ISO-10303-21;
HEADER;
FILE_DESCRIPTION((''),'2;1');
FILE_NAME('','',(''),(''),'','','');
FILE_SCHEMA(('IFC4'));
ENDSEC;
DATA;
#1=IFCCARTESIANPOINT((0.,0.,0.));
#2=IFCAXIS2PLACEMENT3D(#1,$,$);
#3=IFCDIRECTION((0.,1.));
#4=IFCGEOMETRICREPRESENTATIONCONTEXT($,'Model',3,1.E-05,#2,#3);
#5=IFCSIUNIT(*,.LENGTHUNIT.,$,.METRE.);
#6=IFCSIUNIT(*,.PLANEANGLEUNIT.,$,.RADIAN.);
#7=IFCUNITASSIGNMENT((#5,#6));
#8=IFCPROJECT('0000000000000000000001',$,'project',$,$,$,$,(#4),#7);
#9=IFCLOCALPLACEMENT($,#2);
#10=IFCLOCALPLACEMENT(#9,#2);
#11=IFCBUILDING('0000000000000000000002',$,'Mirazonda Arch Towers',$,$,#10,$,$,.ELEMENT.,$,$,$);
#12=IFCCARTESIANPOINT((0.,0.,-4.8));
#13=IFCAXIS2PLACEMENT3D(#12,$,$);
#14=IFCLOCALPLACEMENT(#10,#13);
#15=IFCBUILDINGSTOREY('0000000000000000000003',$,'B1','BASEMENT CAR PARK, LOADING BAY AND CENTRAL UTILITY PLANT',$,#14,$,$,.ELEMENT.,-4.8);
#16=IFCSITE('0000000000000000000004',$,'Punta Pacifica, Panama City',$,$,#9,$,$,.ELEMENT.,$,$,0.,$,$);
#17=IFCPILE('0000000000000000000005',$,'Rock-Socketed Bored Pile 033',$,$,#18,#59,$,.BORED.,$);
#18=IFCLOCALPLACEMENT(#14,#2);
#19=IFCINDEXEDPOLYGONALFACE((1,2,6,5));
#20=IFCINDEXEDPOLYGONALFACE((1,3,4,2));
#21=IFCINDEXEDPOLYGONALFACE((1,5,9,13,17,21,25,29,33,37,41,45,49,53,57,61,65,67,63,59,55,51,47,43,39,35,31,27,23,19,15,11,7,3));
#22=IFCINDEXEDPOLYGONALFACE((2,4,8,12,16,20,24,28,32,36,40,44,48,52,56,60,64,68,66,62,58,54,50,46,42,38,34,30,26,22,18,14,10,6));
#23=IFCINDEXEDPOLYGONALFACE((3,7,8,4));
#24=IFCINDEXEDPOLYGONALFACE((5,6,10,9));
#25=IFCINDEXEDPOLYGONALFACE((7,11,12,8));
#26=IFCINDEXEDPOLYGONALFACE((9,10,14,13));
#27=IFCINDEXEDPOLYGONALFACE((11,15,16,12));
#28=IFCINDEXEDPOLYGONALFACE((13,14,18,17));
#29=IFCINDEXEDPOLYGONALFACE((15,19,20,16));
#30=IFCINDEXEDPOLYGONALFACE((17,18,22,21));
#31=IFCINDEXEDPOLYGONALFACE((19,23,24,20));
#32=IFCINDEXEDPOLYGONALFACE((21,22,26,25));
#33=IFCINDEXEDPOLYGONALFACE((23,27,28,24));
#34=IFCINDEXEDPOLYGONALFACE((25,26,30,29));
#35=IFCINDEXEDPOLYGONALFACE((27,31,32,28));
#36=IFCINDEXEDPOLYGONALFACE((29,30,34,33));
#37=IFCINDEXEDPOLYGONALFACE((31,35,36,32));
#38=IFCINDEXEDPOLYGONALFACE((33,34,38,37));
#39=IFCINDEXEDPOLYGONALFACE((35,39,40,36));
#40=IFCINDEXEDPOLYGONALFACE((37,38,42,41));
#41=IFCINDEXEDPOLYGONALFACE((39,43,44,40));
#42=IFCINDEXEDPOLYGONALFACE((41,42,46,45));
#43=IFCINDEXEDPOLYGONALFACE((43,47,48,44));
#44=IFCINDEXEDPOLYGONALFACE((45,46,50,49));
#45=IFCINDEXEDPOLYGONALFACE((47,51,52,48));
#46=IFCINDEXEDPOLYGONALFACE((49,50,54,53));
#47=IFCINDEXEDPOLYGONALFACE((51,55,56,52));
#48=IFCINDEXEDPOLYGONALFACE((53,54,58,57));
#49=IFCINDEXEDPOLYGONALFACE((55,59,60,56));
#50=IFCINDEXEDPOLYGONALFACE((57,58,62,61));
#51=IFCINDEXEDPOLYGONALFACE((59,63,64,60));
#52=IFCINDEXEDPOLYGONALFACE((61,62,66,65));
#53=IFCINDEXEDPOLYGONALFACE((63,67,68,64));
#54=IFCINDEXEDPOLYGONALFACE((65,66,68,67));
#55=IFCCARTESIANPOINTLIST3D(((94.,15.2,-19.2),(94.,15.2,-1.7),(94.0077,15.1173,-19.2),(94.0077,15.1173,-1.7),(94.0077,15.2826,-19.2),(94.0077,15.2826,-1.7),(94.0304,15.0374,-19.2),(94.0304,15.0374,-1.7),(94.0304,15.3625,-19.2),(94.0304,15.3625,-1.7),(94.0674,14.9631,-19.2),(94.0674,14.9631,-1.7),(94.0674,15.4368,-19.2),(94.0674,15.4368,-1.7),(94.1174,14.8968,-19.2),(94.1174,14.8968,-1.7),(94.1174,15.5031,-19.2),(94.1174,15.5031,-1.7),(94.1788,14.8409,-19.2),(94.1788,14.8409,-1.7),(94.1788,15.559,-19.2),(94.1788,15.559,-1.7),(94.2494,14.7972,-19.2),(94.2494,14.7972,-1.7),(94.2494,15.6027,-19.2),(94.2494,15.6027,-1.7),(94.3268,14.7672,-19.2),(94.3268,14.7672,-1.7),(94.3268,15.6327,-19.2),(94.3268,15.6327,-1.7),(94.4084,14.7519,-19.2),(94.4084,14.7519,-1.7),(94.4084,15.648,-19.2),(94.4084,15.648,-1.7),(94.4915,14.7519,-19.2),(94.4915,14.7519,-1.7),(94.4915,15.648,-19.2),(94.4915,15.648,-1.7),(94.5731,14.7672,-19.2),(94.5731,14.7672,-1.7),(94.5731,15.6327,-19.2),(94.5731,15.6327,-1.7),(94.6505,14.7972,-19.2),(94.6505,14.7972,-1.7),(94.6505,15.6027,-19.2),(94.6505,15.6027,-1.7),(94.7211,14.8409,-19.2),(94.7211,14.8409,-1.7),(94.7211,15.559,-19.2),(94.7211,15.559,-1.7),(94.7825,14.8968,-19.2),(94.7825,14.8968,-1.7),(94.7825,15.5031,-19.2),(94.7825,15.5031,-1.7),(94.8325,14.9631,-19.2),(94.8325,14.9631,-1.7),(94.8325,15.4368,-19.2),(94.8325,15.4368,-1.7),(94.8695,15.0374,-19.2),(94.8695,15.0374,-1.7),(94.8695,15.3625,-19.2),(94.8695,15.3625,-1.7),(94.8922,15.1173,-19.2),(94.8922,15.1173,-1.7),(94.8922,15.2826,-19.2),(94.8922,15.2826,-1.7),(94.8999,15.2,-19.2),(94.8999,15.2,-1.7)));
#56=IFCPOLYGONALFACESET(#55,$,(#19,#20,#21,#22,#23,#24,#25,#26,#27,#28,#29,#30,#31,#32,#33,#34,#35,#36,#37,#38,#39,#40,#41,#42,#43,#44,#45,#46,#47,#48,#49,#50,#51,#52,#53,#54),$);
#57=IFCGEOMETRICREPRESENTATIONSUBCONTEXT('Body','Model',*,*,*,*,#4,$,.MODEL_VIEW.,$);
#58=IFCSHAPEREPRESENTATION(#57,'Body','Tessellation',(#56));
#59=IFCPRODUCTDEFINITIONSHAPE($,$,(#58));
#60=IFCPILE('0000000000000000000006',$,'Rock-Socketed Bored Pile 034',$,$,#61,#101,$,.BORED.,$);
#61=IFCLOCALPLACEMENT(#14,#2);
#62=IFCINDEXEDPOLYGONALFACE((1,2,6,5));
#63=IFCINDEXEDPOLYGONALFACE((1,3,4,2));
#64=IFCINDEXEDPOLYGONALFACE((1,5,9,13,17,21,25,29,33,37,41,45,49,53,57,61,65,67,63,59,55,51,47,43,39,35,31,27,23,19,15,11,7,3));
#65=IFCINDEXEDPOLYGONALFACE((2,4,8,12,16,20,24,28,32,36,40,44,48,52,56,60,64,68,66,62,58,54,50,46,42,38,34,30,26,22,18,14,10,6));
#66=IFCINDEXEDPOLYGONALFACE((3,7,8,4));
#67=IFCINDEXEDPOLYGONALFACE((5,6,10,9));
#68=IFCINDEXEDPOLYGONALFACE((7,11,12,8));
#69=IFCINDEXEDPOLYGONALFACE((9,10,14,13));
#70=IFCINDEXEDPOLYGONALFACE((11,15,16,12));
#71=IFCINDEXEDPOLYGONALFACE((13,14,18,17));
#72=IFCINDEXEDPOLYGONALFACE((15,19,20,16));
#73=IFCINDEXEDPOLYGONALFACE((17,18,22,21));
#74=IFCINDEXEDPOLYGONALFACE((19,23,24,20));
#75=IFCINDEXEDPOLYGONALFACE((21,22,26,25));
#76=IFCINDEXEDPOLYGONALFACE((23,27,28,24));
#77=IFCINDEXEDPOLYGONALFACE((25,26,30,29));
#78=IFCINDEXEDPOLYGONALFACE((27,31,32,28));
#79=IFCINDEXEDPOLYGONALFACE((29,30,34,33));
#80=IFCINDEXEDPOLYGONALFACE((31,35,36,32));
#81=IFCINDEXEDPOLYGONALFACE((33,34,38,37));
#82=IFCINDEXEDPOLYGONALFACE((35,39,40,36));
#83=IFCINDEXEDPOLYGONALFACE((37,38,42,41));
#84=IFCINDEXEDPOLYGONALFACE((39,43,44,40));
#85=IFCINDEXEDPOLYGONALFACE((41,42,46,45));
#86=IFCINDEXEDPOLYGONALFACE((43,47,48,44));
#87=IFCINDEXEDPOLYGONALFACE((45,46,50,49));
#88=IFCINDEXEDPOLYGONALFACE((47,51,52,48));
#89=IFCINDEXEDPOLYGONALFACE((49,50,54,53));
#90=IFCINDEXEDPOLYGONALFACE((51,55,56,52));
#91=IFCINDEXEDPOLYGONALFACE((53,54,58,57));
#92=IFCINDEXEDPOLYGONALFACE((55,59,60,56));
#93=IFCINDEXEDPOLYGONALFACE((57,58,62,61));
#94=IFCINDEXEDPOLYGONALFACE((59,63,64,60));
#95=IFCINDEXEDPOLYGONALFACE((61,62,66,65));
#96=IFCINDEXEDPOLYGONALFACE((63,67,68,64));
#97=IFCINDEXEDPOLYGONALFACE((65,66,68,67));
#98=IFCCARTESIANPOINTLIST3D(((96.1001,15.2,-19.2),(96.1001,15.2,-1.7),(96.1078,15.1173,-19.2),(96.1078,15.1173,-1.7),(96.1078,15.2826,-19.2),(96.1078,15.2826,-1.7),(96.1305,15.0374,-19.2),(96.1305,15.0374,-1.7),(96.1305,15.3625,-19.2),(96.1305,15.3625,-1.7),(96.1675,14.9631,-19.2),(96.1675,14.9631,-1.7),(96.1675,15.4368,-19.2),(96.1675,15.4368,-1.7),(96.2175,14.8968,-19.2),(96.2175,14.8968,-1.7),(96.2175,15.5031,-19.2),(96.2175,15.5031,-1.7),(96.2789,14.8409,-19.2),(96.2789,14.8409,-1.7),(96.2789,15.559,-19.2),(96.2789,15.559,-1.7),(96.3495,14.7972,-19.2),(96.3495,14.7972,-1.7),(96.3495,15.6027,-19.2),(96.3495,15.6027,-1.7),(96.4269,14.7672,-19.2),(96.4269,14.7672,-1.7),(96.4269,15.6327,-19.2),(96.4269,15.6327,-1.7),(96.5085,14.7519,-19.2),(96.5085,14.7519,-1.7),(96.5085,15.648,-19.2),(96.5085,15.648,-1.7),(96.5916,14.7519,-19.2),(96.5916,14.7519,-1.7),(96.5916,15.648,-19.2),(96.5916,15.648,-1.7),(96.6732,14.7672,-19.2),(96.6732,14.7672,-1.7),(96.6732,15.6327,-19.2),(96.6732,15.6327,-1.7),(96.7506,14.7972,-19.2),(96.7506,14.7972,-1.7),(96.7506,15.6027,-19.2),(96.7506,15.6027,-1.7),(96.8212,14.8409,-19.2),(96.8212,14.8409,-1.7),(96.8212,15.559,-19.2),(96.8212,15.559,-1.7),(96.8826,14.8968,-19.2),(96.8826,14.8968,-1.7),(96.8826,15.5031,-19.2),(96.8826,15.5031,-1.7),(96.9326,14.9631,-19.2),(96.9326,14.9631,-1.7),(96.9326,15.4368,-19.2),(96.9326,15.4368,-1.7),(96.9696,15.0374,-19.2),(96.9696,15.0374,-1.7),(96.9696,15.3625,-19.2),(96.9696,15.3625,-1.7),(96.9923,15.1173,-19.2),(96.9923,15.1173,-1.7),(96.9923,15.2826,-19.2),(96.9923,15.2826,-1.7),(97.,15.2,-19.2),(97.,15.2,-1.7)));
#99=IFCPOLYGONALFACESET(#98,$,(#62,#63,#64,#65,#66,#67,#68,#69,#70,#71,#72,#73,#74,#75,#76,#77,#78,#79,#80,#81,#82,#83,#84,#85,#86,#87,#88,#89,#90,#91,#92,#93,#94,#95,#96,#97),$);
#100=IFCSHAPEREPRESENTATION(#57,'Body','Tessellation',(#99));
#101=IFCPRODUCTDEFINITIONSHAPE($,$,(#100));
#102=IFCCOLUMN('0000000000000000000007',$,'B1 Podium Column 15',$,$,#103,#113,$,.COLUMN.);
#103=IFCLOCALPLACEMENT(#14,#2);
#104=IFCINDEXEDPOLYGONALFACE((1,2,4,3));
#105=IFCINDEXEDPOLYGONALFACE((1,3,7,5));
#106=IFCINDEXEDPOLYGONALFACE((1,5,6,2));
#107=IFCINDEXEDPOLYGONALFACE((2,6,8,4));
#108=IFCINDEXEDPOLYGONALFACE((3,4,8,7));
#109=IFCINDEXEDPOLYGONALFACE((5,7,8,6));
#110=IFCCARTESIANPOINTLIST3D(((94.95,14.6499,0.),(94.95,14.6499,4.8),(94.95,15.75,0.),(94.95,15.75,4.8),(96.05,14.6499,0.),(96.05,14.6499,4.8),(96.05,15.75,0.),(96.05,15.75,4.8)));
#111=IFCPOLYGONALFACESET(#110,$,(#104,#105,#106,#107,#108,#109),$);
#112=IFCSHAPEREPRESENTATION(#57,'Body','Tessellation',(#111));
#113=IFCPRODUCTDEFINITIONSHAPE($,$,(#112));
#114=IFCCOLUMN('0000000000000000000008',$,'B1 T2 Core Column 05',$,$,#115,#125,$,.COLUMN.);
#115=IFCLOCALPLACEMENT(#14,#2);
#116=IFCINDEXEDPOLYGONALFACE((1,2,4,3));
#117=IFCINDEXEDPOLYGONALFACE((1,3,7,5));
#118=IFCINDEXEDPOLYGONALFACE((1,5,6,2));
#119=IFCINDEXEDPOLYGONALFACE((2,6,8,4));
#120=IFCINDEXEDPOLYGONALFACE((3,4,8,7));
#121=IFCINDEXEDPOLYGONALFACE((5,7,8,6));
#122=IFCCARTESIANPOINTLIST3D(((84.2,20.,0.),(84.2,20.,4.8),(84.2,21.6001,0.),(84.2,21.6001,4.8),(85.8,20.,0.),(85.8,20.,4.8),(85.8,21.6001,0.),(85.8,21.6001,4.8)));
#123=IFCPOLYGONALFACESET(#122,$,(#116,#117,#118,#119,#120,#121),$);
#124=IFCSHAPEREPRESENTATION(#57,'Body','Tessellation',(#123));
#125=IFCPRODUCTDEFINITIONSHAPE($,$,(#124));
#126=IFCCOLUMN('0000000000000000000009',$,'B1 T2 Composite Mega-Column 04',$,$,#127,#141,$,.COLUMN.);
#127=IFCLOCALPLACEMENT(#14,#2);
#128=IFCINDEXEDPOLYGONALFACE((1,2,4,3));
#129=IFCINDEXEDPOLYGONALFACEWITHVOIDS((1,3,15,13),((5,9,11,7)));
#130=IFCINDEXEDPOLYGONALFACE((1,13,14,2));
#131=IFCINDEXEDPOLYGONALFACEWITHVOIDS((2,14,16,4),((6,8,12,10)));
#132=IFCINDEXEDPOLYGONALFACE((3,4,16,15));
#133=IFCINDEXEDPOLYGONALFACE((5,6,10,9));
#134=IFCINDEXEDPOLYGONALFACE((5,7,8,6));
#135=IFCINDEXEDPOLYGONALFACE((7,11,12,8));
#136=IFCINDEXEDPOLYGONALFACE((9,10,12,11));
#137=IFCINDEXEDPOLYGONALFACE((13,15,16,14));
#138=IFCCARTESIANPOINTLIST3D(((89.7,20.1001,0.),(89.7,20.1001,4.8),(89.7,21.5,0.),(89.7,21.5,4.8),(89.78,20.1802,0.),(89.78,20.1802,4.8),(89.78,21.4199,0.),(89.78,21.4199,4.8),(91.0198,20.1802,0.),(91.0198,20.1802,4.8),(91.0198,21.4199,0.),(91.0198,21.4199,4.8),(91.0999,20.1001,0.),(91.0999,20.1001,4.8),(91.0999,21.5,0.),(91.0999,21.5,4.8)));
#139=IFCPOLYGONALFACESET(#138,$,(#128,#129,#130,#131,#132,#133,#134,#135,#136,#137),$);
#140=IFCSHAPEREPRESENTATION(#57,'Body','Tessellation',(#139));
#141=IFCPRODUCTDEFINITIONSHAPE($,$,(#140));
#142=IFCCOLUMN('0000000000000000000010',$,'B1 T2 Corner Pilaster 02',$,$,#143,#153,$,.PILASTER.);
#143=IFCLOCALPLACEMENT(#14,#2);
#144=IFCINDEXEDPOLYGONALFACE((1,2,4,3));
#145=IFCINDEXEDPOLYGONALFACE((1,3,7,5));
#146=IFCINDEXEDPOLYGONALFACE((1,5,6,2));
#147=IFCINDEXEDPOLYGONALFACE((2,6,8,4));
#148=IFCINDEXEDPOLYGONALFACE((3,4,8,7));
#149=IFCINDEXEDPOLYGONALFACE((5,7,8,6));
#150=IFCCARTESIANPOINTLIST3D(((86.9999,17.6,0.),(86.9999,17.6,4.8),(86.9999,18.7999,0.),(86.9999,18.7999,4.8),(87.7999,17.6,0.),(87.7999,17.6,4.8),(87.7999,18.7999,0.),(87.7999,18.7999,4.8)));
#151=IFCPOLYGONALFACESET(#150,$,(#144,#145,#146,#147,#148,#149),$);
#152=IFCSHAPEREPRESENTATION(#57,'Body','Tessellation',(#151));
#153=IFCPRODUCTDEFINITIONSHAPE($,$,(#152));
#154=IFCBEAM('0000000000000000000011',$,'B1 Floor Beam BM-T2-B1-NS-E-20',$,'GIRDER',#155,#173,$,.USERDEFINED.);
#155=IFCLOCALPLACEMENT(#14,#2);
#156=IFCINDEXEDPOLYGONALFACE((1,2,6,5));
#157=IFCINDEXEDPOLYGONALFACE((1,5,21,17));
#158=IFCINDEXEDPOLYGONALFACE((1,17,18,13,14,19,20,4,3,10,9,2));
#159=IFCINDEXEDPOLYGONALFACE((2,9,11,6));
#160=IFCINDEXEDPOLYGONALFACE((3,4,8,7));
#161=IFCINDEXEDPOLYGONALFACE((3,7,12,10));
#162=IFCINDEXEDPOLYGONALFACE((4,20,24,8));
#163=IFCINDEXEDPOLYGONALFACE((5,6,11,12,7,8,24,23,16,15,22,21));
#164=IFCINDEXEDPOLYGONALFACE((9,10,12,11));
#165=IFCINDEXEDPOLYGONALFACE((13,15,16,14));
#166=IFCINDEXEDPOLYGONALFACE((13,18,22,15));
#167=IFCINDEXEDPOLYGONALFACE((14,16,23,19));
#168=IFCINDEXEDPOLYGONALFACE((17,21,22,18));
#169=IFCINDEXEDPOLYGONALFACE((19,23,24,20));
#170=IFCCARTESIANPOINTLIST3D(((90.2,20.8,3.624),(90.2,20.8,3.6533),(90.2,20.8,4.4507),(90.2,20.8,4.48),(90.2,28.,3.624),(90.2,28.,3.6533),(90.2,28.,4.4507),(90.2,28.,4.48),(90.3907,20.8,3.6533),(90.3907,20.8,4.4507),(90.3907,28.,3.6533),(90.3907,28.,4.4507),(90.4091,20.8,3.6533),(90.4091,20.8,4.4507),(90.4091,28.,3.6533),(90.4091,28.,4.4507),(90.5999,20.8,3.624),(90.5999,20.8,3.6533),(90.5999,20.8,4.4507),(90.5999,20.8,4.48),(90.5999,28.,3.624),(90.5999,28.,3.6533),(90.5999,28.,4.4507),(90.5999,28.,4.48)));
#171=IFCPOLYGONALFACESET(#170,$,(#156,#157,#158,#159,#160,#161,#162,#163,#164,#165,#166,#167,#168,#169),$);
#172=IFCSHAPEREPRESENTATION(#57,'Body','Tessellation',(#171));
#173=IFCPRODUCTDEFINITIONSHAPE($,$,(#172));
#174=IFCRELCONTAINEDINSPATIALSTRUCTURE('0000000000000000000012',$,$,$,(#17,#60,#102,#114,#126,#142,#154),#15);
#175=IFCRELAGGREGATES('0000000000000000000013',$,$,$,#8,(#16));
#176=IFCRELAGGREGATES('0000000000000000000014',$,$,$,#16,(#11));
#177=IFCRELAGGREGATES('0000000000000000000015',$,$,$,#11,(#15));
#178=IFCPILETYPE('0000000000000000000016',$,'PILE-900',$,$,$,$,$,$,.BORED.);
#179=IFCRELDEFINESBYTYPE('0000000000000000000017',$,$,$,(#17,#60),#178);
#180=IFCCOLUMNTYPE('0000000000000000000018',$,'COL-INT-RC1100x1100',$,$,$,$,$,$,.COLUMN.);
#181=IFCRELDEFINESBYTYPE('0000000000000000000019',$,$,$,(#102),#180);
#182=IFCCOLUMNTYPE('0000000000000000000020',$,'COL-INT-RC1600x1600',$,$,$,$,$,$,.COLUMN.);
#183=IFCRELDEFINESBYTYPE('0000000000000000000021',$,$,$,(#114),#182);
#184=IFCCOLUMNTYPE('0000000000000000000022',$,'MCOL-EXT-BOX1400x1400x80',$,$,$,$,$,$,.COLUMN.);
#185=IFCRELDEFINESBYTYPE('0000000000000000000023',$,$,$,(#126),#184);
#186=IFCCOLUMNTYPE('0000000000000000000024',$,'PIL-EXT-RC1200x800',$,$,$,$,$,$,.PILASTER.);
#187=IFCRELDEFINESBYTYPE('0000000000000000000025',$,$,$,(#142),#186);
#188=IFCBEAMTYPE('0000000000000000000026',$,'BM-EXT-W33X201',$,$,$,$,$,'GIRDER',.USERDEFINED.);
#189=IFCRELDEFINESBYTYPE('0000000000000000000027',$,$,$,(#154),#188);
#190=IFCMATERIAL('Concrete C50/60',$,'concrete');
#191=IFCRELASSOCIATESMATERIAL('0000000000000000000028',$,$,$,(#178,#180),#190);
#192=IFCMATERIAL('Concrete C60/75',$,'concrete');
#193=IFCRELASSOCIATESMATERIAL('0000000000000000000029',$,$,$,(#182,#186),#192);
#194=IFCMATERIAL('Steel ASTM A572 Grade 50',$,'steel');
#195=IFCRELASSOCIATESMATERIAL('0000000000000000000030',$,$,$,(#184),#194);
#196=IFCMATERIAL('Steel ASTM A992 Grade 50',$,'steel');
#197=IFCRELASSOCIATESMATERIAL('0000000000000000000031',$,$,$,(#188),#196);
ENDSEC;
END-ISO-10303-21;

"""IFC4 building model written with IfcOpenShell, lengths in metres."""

from ifc_helpers import new_model, si_unit, direction, frame, origin, origin_2d, place, context, subcontext, project, spatial, rectangle, hollow_rectangle, circle, i_section, extrude, material, material_profile, profile_set, type_object, element, save


model = new_model("IFC4")

# Units and contexts
model_context = context("Model", 3, precision=1e-05, world=origin(), true_north=direction((0.0, 1.0)))
body_context = subcontext(model_context, "Body", "Model", "MODEL_VIEW")
ifc_project = project(units=[si_unit("LENGTHUNIT", "METRE"), si_unit("PLANEANGLEUNIT", "RADIAN")], contexts=[model_context])

# Site, building, storey
site_placement = place(None, origin())
site = spatial("IfcSite", under=ifc_project, at=site_placement, Name="Punta Pacifica, Panama City", CompositionType="ELEMENT", RefElevation=0.0)
building_placement = place(site_placement, origin())
building = spatial("IfcBuilding", under=site, at=building_placement, Name="Mirazonda Arch Towers", CompositionType="ELEMENT")
storey_placement = place(building_placement, frame((0.0, 0.0, -4.8)))
storey = spatial("IfcBuildingStorey", under=building, at=storey_placement, Name="B1", Description="BASEMENT CAR PARK, LOADING BAY AND CENTRAL UTILITY PLANT", CompositionType="ELEMENT", Elevation=-4.8)

# Piles
ifc_material_1 = material(Name="Concrete C50/60", Category="concrete")
ifc_material_profile_1 = material_profile(ifc_material_1, circle(Radius=0.45, at=origin_2d()), Name="BORED-D900")
ifc_profile_set_1 = profile_set([ifc_material_profile_1], Name="Concrete C50/60")
pile_type_1 = type_object("IfcPileType", Name="PILE-900", PredefinedType="BORED", material=ifc_profile_set_1)
for number, where, z_axis, x_axis, name in (
    (1, (94.45, 15.2, -1.7), (0.0, 0.0, -1.0), (1.0, 0.0, 0.0), "Rock-Socketed Bored Pile 033"),
    (2, (96.55, 15.2, -1.7), (0.0, 0.0, -1.0), (1.0, 0.0, 0.0), "Rock-Socketed Bored Pile 034"),
):
    element("IfcPile", number, at=place(storey_placement, frame(where, z_axis=z_axis, x_axis=x_axis)), inside=storey, type_object=pile_type_1, Name=name, PredefinedType="BORED", context=body_context, shape_type="SweptSolid", body=[
        extrude(circle(Radius=0.45, at=origin_2d()), origin(), (0.0, 0.0, 1.0), 17.5),
    ])

# Columns
ifc_material_profile_2 = material_profile(ifc_material_1, rectangle(XDim=1.1001, YDim=1.1001, at=origin_2d()), Name="RC1100x1100")
ifc_profile_set_2 = profile_set([ifc_material_profile_2], Name="Concrete C50/60")
column_type_1 = type_object("IfcColumnType", Name="COL-INT-RC1100x1100", PredefinedType="COLUMN", material=ifc_profile_set_2)
column_1_placement = place(storey_placement, frame((95.5, 15.2, 0.0), z_axis=(0.0, 0.0, 1.0), x_axis=(1.0, 0.0, 0.0)))
element("IfcColumn", 3, at=column_1_placement, inside=storey, type_object=column_type_1, Name="B1 Podium Column 15", PredefinedType="COLUMN", context=body_context, shape_type="SweptSolid", body=[
    extrude(rectangle(XDim=1.1001, YDim=1.1001, at=origin_2d()), origin(), (0.0, 0.0, 1.0), 4.8),
])
ifc_material_2 = material(Name="Concrete C60/75", Category="concrete")
ifc_material_profile_3 = material_profile(ifc_material_2, rectangle(XDim=1.6001, YDim=1.6001, at=origin_2d()), Name="RC1600x1600")
ifc_profile_set_3 = profile_set([ifc_material_profile_3], Name="Concrete C60/75")
column_type_2 = type_object("IfcColumnType", Name="COL-INT-RC1600x1600", PredefinedType="COLUMN", material=ifc_profile_set_3)
column_2_placement = place(storey_placement, frame((85.0, 20.8, 0.0), z_axis=(0.0, 0.0, 1.0), x_axis=(1.0, 0.0, 0.0)))
element("IfcColumn", 4, at=column_2_placement, inside=storey, type_object=column_type_2, Name="B1 T2 Core Column 05", PredefinedType="COLUMN", context=body_context, shape_type="SweptSolid", body=[
    extrude(rectangle(XDim=1.6001, YDim=1.6001, at=origin_2d()), origin(), (0.0, 0.0, 1.0), 4.8),
])
ifc_material_3 = material(Name="Steel ASTM A572 Grade 50", Category="steel")
ifc_material_profile_4 = material_profile(ifc_material_3, hollow_rectangle(XDim=1.3999, YDim=1.3999, WallThickness=0.0801, at=origin_2d()), Name="BOX1400x1400x80")
ifc_profile_set_4 = profile_set([ifc_material_profile_4], Name="Steel ASTM A572 Grade 50")
column_type_3 = type_object("IfcColumnType", Name="MCOL-EXT-BOX1400x1400x80", PredefinedType="COLUMN", material=ifc_profile_set_4)
column_3_placement = place(storey_placement, frame((90.3999, 20.8, 0.0), z_axis=(0.0, 0.0, 1.0), x_axis=(1.0, 0.0, 0.0)))
element("IfcColumn", 5, at=column_3_placement, inside=storey, type_object=column_type_3, Name="B1 T2 Composite Mega-Column 04", PredefinedType="COLUMN", context=body_context, shape_type="SweptSolid", body=[
    extrude(hollow_rectangle(XDim=1.3999, YDim=1.3999, WallThickness=0.0801, at=origin_2d()), origin(), (0.0, 0.0, 1.0), 4.8),
])
ifc_material_profile_5 = material_profile(ifc_material_2, rectangle(XDim=0.8, YDim=1.2, at=origin_2d()), Name="RC1200x800")
ifc_profile_set_5 = profile_set([ifc_material_profile_5], Name="Concrete C60/75")
column_type_4 = type_object("IfcColumnType", Name="PIL-EXT-RC1200x800", PredefinedType="PILASTER", material=ifc_profile_set_5)
column_4_placement = place(storey_placement, frame((87.3999, 18.2, 0.0), z_axis=(0.0, 0.0, 1.0), x_axis=(1.0, 0.0, 0.0)))
element("IfcColumn", 6, at=column_4_placement, inside=storey, type_object=column_type_4, Name="B1 T2 Corner Pilaster 02", PredefinedType="PILASTER", context=body_context, shape_type="SweptSolid", body=[
    extrude(rectangle(XDim=0.8, YDim=1.2, at=origin_2d()), origin(), (0.0, 0.0, 1.0), 4.8),
])

# Beam
ifc_material_4 = material(Name="Steel ASTM A992 Grade 50", Category="steel")
ifc_material_profile_6 = material_profile(ifc_material_4, i_section(OverallWidth=0.3999, OverallDepth=0.856, WebThickness=0.0183, FlangeThickness=0.0293, at=origin_2d()), Name="W33X201")
ifc_profile_set_6 = profile_set([ifc_material_profile_6], Name="Steel ASTM A992 Grade 50")
beam_type_1 = type_object("IfcBeamType", Name="BM-EXT-W33X201", ElementType="GIRDER", PredefinedType="USERDEFINED", material=ifc_profile_set_6)
beam_1_placement = place(storey_placement, frame((90.3999, 20.8, 4.052), z_axis=(0.0, 1.0, 0.0), x_axis=(-1.0, 0.0, 0.0)))
element("IfcBeam", 7, at=beam_1_placement, inside=storey, type_object=beam_type_1, Name="B1 Floor Beam BM-T2-B1-NS-E-20", ObjectType="GIRDER", PredefinedType="USERDEFINED", context=body_context, shape_type="SweptSolid", body=[
    extrude(i_section(OverallWidth=0.3999, OverallDepth=0.856, WebThickness=0.0183, FlangeThickness=0.0293, at=origin_2d()), origin(), (0.0, 0.0, 1.0), 7.2),
])

save(model, "model.ifc")
